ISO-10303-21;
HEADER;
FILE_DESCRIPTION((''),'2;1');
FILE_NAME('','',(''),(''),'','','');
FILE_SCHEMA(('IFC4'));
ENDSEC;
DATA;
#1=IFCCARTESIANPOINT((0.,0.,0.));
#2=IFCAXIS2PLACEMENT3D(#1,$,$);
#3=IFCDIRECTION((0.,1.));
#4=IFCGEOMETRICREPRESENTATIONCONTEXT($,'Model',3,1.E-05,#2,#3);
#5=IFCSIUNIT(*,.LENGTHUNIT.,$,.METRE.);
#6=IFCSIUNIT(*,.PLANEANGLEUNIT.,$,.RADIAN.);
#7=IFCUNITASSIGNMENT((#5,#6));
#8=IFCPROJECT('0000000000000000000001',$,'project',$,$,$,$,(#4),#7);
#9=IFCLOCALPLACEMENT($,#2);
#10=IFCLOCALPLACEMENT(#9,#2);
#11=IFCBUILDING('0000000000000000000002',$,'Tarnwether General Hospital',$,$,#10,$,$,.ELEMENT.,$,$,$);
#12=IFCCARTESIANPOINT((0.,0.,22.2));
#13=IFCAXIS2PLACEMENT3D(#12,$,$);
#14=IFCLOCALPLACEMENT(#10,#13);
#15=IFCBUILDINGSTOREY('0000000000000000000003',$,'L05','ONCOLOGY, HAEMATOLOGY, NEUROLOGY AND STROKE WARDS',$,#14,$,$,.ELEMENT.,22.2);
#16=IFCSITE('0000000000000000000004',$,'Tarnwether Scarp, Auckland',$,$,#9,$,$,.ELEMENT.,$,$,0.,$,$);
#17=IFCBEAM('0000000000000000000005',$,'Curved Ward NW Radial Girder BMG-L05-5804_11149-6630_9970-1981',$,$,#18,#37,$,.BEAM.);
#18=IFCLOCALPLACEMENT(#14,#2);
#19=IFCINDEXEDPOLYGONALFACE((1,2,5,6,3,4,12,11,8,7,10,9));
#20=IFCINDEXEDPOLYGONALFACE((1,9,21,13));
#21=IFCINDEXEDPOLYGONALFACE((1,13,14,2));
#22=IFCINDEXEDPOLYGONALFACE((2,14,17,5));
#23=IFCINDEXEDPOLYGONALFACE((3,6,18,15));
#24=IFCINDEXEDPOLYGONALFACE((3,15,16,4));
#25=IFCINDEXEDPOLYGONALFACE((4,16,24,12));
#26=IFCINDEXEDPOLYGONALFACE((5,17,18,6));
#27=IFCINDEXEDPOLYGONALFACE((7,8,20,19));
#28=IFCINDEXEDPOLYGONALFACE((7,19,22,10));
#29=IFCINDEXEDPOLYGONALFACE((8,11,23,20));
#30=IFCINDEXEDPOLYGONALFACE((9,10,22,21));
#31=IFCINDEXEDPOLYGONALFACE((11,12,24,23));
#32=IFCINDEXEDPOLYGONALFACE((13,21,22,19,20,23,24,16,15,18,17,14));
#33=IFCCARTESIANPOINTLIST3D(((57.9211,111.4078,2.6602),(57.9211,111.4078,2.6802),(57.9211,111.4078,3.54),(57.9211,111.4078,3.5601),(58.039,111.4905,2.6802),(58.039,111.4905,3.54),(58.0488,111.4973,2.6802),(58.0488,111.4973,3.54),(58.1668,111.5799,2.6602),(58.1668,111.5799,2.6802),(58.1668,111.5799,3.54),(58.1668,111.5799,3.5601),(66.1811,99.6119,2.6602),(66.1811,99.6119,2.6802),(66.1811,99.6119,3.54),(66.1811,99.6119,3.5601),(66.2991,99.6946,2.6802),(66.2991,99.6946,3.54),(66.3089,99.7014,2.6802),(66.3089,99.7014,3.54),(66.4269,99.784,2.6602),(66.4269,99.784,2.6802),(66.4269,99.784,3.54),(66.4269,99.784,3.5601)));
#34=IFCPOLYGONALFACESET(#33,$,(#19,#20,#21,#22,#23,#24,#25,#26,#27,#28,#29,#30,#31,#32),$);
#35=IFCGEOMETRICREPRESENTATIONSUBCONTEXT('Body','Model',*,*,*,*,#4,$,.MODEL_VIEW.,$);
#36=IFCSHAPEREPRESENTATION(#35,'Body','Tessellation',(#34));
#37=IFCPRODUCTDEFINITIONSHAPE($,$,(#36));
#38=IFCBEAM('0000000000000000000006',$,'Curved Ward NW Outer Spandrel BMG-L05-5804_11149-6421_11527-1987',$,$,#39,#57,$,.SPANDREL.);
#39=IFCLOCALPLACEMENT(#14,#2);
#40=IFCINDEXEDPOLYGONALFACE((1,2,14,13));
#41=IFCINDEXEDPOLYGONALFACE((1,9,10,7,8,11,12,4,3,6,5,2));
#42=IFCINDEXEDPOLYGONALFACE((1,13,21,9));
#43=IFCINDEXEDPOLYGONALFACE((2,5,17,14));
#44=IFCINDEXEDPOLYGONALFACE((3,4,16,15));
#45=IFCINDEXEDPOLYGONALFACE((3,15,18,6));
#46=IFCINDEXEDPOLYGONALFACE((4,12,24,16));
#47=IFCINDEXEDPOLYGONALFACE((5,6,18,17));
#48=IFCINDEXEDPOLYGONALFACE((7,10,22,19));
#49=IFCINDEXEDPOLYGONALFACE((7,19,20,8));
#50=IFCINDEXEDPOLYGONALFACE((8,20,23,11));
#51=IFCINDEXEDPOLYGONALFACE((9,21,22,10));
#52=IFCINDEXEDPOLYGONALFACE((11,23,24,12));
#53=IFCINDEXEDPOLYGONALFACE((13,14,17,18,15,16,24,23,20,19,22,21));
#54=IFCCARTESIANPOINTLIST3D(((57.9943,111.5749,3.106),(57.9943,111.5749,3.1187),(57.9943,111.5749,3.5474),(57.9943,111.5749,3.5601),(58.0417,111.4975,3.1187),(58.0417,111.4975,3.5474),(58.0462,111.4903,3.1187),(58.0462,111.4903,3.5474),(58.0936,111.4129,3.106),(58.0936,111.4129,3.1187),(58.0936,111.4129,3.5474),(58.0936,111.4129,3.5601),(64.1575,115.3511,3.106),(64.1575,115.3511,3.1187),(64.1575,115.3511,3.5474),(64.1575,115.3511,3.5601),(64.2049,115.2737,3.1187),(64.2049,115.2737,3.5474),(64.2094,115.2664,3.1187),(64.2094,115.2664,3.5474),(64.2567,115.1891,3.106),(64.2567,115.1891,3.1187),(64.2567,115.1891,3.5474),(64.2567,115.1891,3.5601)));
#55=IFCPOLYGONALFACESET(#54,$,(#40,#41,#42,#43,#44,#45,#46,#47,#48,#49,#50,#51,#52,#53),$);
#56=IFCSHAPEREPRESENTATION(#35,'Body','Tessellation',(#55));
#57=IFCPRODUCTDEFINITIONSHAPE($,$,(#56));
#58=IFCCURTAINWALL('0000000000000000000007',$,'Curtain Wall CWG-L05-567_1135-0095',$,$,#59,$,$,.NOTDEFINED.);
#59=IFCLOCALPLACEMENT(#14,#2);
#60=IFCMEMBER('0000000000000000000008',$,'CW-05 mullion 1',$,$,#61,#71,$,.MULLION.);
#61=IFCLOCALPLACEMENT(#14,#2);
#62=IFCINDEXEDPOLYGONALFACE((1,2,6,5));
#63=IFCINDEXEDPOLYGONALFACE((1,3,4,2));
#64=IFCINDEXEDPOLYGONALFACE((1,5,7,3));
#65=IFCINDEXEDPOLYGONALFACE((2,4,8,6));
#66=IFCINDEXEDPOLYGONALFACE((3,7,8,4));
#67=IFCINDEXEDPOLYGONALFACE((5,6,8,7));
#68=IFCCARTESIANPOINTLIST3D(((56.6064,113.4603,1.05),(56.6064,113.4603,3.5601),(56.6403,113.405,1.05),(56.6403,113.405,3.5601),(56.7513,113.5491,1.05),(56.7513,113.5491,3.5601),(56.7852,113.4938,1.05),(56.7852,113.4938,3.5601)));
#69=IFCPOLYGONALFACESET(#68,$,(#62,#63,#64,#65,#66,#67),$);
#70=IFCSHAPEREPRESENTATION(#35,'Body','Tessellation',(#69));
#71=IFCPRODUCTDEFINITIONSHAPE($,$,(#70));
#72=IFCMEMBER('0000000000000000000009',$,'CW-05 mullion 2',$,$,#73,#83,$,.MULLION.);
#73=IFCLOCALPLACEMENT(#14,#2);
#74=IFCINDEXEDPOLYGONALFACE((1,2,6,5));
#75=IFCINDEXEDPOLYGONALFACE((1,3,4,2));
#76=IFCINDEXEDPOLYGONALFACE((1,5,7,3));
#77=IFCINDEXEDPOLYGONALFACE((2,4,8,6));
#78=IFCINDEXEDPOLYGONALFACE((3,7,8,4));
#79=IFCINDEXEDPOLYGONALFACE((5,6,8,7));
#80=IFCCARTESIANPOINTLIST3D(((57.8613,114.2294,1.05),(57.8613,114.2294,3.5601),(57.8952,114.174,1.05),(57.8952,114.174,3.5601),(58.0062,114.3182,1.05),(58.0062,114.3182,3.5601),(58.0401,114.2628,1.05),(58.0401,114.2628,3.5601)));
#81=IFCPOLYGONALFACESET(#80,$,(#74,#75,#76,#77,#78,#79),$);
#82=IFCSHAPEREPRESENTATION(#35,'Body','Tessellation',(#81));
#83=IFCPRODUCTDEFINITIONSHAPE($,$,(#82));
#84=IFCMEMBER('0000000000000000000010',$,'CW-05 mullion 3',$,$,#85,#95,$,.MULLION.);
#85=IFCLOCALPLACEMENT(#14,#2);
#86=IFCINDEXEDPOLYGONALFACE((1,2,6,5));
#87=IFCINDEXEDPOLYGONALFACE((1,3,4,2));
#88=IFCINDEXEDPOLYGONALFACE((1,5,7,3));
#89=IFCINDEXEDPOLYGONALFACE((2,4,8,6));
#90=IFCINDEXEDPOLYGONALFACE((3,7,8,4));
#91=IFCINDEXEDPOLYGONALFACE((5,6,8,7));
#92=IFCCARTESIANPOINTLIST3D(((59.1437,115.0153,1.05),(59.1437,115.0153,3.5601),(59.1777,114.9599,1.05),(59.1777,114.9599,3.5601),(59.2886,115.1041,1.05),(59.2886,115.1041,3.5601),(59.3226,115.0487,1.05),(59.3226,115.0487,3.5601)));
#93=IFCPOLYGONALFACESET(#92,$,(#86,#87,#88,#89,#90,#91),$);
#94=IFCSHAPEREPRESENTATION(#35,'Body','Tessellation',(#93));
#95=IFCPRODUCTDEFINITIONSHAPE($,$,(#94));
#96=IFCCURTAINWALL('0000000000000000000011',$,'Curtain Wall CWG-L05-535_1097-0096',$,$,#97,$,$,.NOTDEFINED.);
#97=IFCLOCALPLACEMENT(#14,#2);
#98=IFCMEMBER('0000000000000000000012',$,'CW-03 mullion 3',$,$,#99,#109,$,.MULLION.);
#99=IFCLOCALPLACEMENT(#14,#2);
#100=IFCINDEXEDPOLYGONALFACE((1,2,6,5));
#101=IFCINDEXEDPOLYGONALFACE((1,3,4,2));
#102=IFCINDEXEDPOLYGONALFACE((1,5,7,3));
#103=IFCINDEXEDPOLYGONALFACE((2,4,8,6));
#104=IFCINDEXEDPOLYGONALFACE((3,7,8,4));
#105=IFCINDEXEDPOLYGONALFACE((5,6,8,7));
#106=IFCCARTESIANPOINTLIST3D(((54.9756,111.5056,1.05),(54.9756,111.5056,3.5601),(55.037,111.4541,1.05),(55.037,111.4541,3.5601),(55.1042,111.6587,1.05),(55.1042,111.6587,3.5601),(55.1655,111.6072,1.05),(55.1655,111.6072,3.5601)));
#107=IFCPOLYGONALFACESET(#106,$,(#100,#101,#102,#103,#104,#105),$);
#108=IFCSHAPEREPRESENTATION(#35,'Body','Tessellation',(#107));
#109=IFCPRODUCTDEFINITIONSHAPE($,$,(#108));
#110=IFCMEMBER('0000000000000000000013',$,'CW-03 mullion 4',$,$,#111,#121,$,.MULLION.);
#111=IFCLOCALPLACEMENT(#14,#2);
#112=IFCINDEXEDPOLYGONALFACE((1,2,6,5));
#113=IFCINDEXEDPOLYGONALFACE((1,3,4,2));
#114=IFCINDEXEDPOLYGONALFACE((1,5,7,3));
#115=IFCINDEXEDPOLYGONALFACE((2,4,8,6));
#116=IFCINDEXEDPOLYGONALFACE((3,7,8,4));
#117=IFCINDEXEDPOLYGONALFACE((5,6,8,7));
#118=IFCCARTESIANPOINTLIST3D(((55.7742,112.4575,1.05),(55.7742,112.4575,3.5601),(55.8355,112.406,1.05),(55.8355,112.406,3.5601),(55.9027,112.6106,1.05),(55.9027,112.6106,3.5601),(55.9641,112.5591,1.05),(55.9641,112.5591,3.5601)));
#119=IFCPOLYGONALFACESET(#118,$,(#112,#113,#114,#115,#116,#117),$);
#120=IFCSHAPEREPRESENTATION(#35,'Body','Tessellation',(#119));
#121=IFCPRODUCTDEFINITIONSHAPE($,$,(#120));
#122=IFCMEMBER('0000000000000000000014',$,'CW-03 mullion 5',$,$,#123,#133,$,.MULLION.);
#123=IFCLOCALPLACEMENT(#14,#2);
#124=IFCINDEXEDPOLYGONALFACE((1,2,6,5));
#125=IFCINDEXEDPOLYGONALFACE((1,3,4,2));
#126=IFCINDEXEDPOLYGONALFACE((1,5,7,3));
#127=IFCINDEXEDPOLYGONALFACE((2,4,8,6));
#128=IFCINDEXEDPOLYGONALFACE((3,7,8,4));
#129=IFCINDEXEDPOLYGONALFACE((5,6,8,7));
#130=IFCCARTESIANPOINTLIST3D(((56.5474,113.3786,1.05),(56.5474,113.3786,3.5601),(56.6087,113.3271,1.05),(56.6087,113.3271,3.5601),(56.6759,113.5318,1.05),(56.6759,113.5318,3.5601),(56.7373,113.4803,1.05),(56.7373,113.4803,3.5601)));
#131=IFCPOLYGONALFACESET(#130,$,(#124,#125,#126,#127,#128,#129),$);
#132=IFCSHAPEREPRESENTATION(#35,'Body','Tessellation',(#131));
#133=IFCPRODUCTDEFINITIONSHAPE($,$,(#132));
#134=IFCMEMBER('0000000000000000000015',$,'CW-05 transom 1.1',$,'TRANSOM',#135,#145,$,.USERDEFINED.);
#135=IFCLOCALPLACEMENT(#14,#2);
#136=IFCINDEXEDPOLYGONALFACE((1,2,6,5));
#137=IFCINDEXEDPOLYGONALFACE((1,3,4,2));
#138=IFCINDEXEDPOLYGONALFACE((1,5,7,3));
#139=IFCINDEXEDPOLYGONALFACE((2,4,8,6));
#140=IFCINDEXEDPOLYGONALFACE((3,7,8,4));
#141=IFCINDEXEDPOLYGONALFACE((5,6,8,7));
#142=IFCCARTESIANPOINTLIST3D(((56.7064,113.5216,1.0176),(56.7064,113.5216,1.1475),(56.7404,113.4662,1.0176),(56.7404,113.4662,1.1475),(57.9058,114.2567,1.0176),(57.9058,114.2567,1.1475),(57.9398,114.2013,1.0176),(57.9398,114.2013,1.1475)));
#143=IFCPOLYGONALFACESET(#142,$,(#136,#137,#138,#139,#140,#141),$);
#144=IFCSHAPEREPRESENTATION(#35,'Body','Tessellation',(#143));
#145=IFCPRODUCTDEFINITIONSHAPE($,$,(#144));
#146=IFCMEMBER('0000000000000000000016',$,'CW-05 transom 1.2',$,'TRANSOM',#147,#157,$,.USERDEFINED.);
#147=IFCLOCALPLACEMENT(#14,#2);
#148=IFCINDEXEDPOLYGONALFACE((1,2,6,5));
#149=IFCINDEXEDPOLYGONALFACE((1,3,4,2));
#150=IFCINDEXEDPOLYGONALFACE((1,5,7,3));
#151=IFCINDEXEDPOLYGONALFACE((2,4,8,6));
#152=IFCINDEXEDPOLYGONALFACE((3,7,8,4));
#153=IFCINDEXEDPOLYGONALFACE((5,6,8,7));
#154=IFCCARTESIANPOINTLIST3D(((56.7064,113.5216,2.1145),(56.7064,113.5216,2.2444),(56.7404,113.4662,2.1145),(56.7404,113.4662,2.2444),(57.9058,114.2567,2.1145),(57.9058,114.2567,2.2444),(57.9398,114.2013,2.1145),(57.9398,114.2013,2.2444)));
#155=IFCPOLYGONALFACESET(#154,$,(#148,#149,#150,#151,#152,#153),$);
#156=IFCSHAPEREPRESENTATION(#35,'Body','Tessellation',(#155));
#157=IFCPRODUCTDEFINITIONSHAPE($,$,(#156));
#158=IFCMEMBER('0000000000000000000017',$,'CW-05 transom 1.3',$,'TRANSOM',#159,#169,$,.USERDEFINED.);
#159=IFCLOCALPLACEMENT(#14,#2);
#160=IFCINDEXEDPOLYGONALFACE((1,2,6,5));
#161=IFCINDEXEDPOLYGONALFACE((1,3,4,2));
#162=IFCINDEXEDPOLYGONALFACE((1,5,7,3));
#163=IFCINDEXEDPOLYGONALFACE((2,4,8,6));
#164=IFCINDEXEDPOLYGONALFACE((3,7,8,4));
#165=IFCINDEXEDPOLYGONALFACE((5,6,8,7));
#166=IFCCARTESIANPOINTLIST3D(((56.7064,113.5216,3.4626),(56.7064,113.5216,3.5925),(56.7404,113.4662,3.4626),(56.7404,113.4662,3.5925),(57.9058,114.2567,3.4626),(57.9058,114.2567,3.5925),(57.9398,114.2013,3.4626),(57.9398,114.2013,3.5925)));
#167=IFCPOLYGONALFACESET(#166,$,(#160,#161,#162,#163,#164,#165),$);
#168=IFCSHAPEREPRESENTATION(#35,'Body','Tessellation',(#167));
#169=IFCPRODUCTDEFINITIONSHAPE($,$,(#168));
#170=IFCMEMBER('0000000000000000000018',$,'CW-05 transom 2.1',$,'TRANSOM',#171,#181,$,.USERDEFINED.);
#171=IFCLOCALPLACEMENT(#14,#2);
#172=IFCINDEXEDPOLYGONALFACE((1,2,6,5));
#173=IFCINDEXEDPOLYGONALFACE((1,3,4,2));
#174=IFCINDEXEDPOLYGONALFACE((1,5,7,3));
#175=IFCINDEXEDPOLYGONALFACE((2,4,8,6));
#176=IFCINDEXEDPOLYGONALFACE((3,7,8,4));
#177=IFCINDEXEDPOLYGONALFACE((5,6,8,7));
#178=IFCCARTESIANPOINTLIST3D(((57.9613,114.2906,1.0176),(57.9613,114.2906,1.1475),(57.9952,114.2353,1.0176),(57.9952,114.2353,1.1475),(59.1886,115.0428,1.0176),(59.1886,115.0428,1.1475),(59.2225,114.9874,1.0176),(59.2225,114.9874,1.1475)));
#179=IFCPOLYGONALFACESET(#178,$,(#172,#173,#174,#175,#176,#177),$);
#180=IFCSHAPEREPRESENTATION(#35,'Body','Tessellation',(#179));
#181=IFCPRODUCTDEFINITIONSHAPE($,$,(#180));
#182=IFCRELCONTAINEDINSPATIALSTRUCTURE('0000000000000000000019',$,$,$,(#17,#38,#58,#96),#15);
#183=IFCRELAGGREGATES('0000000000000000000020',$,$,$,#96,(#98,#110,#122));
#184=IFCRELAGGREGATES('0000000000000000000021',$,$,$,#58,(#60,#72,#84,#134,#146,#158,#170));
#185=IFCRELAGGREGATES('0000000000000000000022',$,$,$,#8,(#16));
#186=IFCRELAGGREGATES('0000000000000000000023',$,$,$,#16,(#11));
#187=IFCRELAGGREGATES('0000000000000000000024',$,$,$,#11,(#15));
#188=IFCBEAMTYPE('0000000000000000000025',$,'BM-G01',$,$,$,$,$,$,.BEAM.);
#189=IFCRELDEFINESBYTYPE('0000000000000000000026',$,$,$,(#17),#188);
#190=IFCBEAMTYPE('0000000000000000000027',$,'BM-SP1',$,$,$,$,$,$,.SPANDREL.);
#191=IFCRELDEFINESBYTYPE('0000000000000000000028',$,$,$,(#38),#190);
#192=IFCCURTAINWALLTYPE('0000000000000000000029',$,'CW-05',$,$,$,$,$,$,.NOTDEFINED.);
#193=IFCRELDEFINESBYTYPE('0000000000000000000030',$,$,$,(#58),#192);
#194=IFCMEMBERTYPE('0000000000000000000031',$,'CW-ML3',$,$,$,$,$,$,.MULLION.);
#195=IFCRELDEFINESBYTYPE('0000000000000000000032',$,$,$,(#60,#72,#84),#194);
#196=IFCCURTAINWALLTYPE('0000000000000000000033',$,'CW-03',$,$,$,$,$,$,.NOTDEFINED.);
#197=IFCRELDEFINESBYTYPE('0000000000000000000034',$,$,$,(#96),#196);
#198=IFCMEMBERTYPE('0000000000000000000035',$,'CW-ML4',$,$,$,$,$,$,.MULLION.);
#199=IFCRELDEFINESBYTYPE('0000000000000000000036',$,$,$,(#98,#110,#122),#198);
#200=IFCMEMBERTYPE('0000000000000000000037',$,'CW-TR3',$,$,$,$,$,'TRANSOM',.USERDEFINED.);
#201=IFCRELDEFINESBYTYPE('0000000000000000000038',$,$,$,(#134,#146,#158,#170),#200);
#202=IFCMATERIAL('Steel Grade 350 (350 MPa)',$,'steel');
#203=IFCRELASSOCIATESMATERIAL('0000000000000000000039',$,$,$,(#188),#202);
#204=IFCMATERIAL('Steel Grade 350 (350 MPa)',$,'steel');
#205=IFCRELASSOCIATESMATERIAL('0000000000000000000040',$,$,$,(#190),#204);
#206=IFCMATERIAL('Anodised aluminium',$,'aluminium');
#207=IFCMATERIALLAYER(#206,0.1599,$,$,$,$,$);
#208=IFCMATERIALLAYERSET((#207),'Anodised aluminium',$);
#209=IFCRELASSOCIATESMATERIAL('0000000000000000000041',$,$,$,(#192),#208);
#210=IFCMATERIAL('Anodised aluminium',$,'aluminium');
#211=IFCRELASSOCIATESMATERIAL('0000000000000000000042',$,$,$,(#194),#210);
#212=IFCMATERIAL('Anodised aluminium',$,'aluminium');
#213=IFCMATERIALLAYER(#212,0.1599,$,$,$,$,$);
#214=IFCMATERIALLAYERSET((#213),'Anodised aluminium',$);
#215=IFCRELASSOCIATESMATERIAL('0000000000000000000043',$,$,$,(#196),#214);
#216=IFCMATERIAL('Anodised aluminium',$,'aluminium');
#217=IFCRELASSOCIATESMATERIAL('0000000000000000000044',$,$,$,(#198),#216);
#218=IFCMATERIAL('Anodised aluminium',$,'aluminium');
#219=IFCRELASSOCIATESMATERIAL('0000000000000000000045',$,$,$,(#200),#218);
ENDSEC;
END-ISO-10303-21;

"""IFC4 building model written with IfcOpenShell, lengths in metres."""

from ifc_helpers import new_model, si_unit, direction, frame, origin, origin_2d, place, context, subcontext, project, spatial, rectangle, i_section, extrude, material, layer, layer_set, material_profile, profile_set, type_object, element, aggregate, save


model = new_model("IFC4")

# Units and contexts
model_context = context("Model", 3, precision=1e-05, world=origin(), true_north=direction((0.0, 1.0)))
body_context = subcontext(model_context, "Body", "Model", "MODEL_VIEW")
ifc_project = project(units=[si_unit("LENGTHUNIT", "METRE"), si_unit("PLANEANGLEUNIT", "RADIAN")], contexts=[model_context])

# Site, building, storey
site_placement = place(None, origin())
site = spatial("IfcSite", under=ifc_project, at=site_placement, Name="Tarnwether Scarp, Auckland", CompositionType="ELEMENT", RefElevation=0.0)
building_placement = place(site_placement, origin())
building = spatial("IfcBuilding", under=site, at=building_placement, Name="Tarnwether General Hospital", CompositionType="ELEMENT")
storey_placement = place(building_placement, frame((0.0, 0.0, 22.2)))
storey = spatial("IfcBuildingStorey", under=building, at=storey_placement, Name="L05", Description="ONCOLOGY, HAEMATOLOGY, NEUROLOGY AND STROKE WARDS", CompositionType="ELEMENT", Elevation=22.2)

# Beams
ifc_material_1 = material(Name="Steel Grade 350 (350 MPa)", Category="steel")
ifc_material_profile_1 = material_profile(ifc_material_1, i_section(OverallWidth=0.3, OverallDepth=0.8999, WebThickness=0.012, FlangeThickness=0.02, at=origin_2d()), Name="900WB175")
ifc_profile_set_1 = profile_set([ifc_material_profile_1], Name="Steel Grade 350 (350 MPa)")
beam_type_1 = type_object("IfcBeamType", Name="BM-G01", PredefinedType="BEAM", material=ifc_profile_set_1)
beam_1_placement = place(storey_placement, frame((58.0439, 111.4939, 3.1101), z_axis=(0.573597, -0.819138, 0.0), x_axis=(0.819138, 0.573597, 0.0)))
element("IfcBeam", 1, at=beam_1_placement, inside=storey, type_object=beam_type_1, Name="Curved Ward NW Radial Girder BMG-L05-5804_11149-6630_9970-1981", PredefinedType="BEAM", context=body_context, shape_type="SweptSolid", body=[
    extrude(i_section(OverallWidth=0.3, OverallDepth=0.8999, WebThickness=0.012, FlangeThickness=0.02, at=origin_2d()), origin(), (0.0, 0.0, 1.0), 14.4004),
])
ifc_material_2 = material(Name="Steel Grade 350 (350 MPa)", Category="steel")
ifc_material_profile_2 = material_profile(ifc_material_2, i_section(OverallWidth=0.1899, OverallDepth=0.4541, WebThickness=0.0085, FlangeThickness=0.0127, at=origin_2d()), Name="460UB67.1")
ifc_profile_set_2 = profile_set([ifc_material_profile_2], Name="Steel Grade 350 (350 MPa)")
beam_type_2 = type_object("IfcBeamType", Name="BM-SP1", PredefinedType="SPANDREL", material=ifc_profile_set_2)
beam_2_placement = place(storey_placement, frame((58.0439, 111.4939, 3.333), z_axis=(0.852678, 0.522436, 0.0), x_axis=(-0.522436, 0.852678, 0.0)))
element("IfcBeam", 2, at=beam_2_placement, inside=storey, type_object=beam_type_2, Name="Curved Ward NW Outer Spandrel BMG-L05-5804_11149-6421_11527-1987", PredefinedType="SPANDREL", context=body_context, shape_type="SweptSolid", body=[
    extrude(i_section(OverallWidth=0.1899, OverallDepth=0.4541, WebThickness=0.0085, FlangeThickness=0.0127, at=origin_2d()), origin(), (0.0, 0.0, 1.0), 7.228),
])

# Curtain walls, members
ifc_material_3 = material(Name="Anodised aluminium", Category="aluminium")
ifc_layer_1 = layer(ifc_material_3, 0.1599)
ifc_layer_set_1 = layer_set([ifc_layer_1], Name="Anodised aluminium")
curtain_wall_type_1 = type_object("IfcCurtainWallType", Name="CW-05", PredefinedType="NOTDEFINED", material=ifc_layer_set_1)
curtain_wall_1_placement = place(storey_placement, origin())
curtain_wall_1 = element("IfcCurtainWall", 3, at=curtain_wall_1_placement, inside=storey, type_object=curtain_wall_type_1, Name="Curtain Wall CWG-L05-567_1135-0095", PredefinedType="NOTDEFINED")
ifc_material_4 = material(Name="Anodised aluminium", Category="aluminium")
ifc_material_profile_3 = material_profile(ifc_material_4, rectangle(XDim=0.0649, YDim=0.1699, at=origin_2d()), Name="ALU-MUL-65x170")
ifc_profile_set_3 = profile_set([ifc_material_profile_3], Name="Anodised aluminium")
member_type_1 = type_object("IfcMemberType", Name="CW-ML3", PredefinedType="MULLION", material=ifc_profile_set_3)
member_1_placement = place(storey_placement, frame((56.6958, 113.4771, 1.05), z_axis=(0.0, 0.0, 1.0), x_axis=(-0.522509, 0.852634, 0.0)))
member_1 = element("IfcMember", 4, at=member_1_placement, type_object=member_type_1, Name="CW-05 mullion 1", PredefinedType="MULLION", context=body_context, shape_type="SweptSolid", body=[
    extrude(rectangle(XDim=0.0649, YDim=0.1699, at=origin_2d()), origin(), (0.0, 0.0, 1.0), 2.51),
])
member_2_placement = place(storey_placement, frame((57.9507, 114.2461, 1.05), z_axis=(0.0, 0.0, 1.0), x_axis=(-0.522509, 0.852634, 0.0)))
member_2 = element("IfcMember", 5, at=member_2_placement, type_object=member_type_1, Name="CW-05 mullion 2", PredefinedType="MULLION", context=body_context, shape_type="SweptSolid", body=[
    extrude(rectangle(XDim=0.0649, YDim=0.1699, at=origin_2d()), origin(), (0.0, 0.0, 1.0), 2.51),
])
member_3_placement = place(storey_placement, frame((59.2332, 115.032, 1.05), z_axis=(0.0, 0.0, 1.0), x_axis=(-0.522509, 0.852634, 0.0)))
member_3 = element("IfcMember", 6, at=member_3_placement, type_object=member_type_1, Name="CW-05 mullion 3", PredefinedType="MULLION", context=body_context, shape_type="SweptSolid", body=[
    extrude(rectangle(XDim=0.0649, YDim=0.1699, at=origin_2d()), origin(), (0.0, 0.0, 1.0), 2.51),
])
ifc_material_5 = material(Name="Anodised aluminium", Category="aluminium")
ifc_layer_2 = layer(ifc_material_5, 0.1599)
ifc_layer_set_2 = layer_set([ifc_layer_2], Name="Anodised aluminium")
curtain_wall_type_2 = type_object("IfcCurtainWallType", Name="CW-03", PredefinedType="NOTDEFINED", material=ifc_layer_set_2)
curtain_wall_2_placement = place(storey_placement, origin())
curtain_wall_2 = element("IfcCurtainWall", 7, at=curtain_wall_2_placement, inside=storey, type_object=curtain_wall_type_2, Name="Curtain Wall CWG-L05-535_1097-0096", PredefinedType="NOTDEFINED")
ifc_material_6 = material(Name="Anodised aluminium", Category="aluminium")
ifc_material_profile_4 = material_profile(ifc_material_6, rectangle(XDim=0.0801, YDim=0.2, at=origin_2d()), Name="ALU-MUL-80x200")
ifc_profile_set_4 = profile_set([ifc_material_profile_4], Name="Anodised aluminium")
member_type_2 = type_object("IfcMemberType", Name="CW-ML4", PredefinedType="MULLION", material=ifc_profile_set_4)
member_4_placement = place(storey_placement, frame((55.0706, 111.5564, 1.05), z_axis=(0.0, 0.0, 1.0), x_axis=(-0.76599, 0.642852, 0.0)))
member_4 = element("IfcMember", 8, at=member_4_placement, type_object=member_type_2, Name="CW-03 mullion 3", PredefinedType="MULLION", context=body_context, shape_type="SweptSolid", body=[
    extrude(rectangle(XDim=0.0801, YDim=0.2, at=origin_2d()), origin(), (0.0, 0.0, 1.0), 2.51),
])
member_5_placement = place(storey_placement, frame((55.8691, 112.5083, 1.05), z_axis=(0.0, 0.0, 1.0), x_axis=(-0.76599, 0.642852, 0.0)))
member_5 = element("IfcMember", 9, at=member_5_placement, type_object=member_type_2, Name="CW-03 mullion 4", PredefinedType="MULLION", context=body_context, shape_type="SweptSolid", body=[
    extrude(rectangle(XDim=0.0801, YDim=0.2, at=origin_2d()), origin(), (0.0, 0.0, 1.0), 2.51),
])
member_6_placement = place(storey_placement, frame((56.6423, 113.4294, 1.05), z_axis=(0.0, 0.0, 1.0), x_axis=(-0.76599, 0.642852, 0.0)))
member_6 = element("IfcMember", 10, at=member_6_placement, type_object=member_type_2, Name="CW-03 mullion 5", PredefinedType="MULLION", context=body_context, shape_type="SweptSolid", body=[
    extrude(rectangle(XDim=0.0801, YDim=0.2, at=origin_2d()), origin(), (0.0, 0.0, 1.0), 2.51),
])

# Members
ifc_material_7 = material(Name="Anodised aluminium", Category="aluminium")
ifc_material_profile_5 = material_profile(ifc_material_7, rectangle(XDim=0.0649, YDim=0.1299, at=origin_2d()), Name="ALU-TRN-65x130")
ifc_profile_set_5 = profile_set([ifc_material_profile_5], Name="Anodised aluminium")
member_type_3 = type_object("IfcMemberType", Name="CW-TR3", ElementType="TRANSOM", PredefinedType="USERDEFINED", material=ifc_profile_set_5)
member_7_placement = place(storey_placement, frame((56.7234, 113.4939, 1.0825), z_axis=(0.852616, 0.522538, 0.0), x_axis=(-0.522538, 0.852616, 0.0)))
member_7 = element("IfcMember", 11, at=member_7_placement, type_object=member_type_3, Name="CW-05 transom 1.1", ObjectType="TRANSOM", PredefinedType="USERDEFINED", context=body_context, shape_type="SweptSolid", body=[
    extrude(rectangle(XDim=0.0649, YDim=0.1299, at=origin_2d()), origin(), (0.0, 0.0, 1.0), 1.4067),
])
member_8_placement = place(storey_placement, frame((56.7234, 113.4939, 2.1794), z_axis=(0.852616, 0.522538, 0.0), x_axis=(-0.522538, 0.852616, 0.0)))
member_8 = element("IfcMember", 12, at=member_8_placement, type_object=member_type_3, Name="CW-05 transom 1.2", ObjectType="TRANSOM", PredefinedType="USERDEFINED", context=body_context, shape_type="SweptSolid", body=[
    extrude(rectangle(XDim=0.0649, YDim=0.1299, at=origin_2d()), origin(), (0.0, 0.0, 1.0), 1.4067),
])
member_9_placement = place(storey_placement, frame((56.7234, 113.4939, 3.5276), z_axis=(0.852616, 0.522538, 0.0), x_axis=(-0.522538, 0.852616, 0.0)))
member_9 = element("IfcMember", 13, at=member_9_placement, type_object=member_type_3, Name="CW-05 transom 1.3", ObjectType="TRANSOM", PredefinedType="USERDEFINED", context=body_context, shape_type="SweptSolid", body=[
    extrude(rectangle(XDim=0.0649, YDim=0.1299, at=origin_2d()), origin(), (0.0, 0.0, 1.0), 1.4067),
])
member_10_placement = place(storey_placement, frame((57.9783, 114.2629, 1.0825), z_axis=(0.852606, 0.522554, 0.0), x_axis=(-0.522554, 0.852606, 0.0)))
member_10 = element("IfcMember", 14, at=member_10_placement, type_object=member_type_3, Name="CW-05 transom 2.1", ObjectType="TRANSOM", PredefinedType="USERDEFINED", context=body_context, shape_type="SweptSolid", body=[
    extrude(rectangle(XDim=0.0649, YDim=0.1299, at=origin_2d()), origin(), (0.0, 0.0, 1.0), 1.4395),
])

aggregate(curtain_wall_2, [member_4, member_5, member_6])
aggregate(curtain_wall_1, [member_1, member_2, member_3, member_7, member_8, member_9, member_10])

save(model, "model.ifc")
